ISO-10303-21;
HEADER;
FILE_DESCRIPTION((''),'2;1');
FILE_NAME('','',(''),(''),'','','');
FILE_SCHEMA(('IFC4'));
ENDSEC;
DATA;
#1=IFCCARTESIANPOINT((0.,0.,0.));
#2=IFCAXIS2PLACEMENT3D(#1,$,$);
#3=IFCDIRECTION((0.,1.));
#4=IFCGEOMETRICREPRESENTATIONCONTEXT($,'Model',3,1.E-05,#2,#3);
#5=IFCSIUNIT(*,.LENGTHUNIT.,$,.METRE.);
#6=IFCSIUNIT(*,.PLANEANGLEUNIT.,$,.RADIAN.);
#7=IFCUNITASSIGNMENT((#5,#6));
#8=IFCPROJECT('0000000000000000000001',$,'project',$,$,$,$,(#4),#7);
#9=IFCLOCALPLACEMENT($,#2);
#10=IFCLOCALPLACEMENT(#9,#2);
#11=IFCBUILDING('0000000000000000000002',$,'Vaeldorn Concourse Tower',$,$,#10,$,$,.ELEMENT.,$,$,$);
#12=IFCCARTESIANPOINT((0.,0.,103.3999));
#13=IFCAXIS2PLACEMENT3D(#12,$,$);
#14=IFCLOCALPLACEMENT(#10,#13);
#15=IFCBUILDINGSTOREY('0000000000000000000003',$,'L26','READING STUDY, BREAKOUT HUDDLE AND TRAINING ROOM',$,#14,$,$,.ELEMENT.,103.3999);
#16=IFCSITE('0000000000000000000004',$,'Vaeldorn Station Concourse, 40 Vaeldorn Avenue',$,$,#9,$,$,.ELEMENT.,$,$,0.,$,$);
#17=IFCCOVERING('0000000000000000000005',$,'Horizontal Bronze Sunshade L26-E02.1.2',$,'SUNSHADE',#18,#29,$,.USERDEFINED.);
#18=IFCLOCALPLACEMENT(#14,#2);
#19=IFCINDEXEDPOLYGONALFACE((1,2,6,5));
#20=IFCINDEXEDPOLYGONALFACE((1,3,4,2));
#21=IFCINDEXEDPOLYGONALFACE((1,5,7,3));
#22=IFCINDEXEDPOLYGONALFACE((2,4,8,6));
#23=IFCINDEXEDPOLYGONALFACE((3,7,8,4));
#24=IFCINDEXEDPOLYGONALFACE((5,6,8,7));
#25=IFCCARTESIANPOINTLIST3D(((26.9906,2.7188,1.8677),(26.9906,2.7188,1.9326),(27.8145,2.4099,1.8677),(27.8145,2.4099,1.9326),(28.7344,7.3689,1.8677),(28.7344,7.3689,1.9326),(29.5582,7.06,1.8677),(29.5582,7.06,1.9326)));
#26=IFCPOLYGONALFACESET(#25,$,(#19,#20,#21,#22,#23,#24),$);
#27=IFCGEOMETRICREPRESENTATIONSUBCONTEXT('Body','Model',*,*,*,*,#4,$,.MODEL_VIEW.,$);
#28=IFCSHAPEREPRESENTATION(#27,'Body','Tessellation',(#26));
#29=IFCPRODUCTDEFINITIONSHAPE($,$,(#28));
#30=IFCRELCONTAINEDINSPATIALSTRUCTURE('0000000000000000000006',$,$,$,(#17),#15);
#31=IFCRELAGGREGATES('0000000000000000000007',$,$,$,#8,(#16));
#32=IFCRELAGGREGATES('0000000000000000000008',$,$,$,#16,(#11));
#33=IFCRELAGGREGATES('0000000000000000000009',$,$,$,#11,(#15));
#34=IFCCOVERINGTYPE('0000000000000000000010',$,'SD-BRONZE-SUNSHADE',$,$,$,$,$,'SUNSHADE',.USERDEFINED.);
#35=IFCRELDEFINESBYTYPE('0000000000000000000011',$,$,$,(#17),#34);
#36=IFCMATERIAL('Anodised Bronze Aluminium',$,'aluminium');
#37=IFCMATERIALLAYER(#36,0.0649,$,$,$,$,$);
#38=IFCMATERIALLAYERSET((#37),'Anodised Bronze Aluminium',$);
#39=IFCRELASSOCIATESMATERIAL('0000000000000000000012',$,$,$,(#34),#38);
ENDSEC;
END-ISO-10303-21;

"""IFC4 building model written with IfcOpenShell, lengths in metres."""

from ifc_helpers import new_model, si_unit, direction, frame, origin, origin_2d, place, context, subcontext, project, spatial, rectangle, extrude, source, transform, mapped, material, layer, layer_set, type_object, element, save


model = new_model("IFC4")

# Units and contexts
model_context = context("Model", 3, precision=1e-05, world=origin(), true_north=direction((0.0, 1.0)))
body_context = subcontext(model_context, "Body", "Model", "MODEL_VIEW")
ifc_project = project(units=[si_unit("LENGTHUNIT", "METRE"), si_unit("PLANEANGLEUNIT", "RADIAN")], contexts=[model_context])

# Site, building, storey
site_placement = place(None, origin())
site = spatial("IfcSite", under=ifc_project, at=site_placement, Name="Vaeldorn Station Concourse, 40 Vaeldorn Avenue", CompositionType="ELEMENT", RefElevation=0.0)
building_placement = place(site_placement, origin())
building = spatial("IfcBuilding", under=site, at=building_placement, Name="Vaeldorn Concourse Tower", CompositionType="ELEMENT")
storey_placement = place(building_placement, frame((0.0, 0.0, 103.3999)))
storey = spatial("IfcBuildingStorey", under=building, at=storey_placement, Name="L26", Description="READING STUDY, BREAKOUT HUDDLE AND TRAINING ROOM", CompositionType="ELEMENT", Elevation=103.3999)

# Shared definitions
ifc_material_1 = material(Name="Anodised Bronze Aluminium", Category="aluminium")

# Covering
ifc_layer_1 = layer(ifc_material_1, 0.0649)
ifc_layer_set_1 = layer_set([ifc_layer_1], Name="Anodised Bronze Aluminium")
covering_type = type_object("IfcCoveringType", Name="SD-BRONZE-SUNSHADE", ElementType="SUNSHADE", PredefinedType="USERDEFINED", material=ifc_layer_set_1)
shared_shape_1 = source(origin(), body_context, "Body", "SweptSolid", [
    extrude(rectangle(XDim=4.9663, YDim=0.8799, at=origin_2d()), origin(), (0.0, 0.0, 1.0), 0.0649),
])
for number, where, z_axis, x_axis, name in (
    (1, (28.2744, 4.8894, 1.8677), (0.0, 0.0, 1.0), (0.351123, 0.936329, 0.0), "Horizontal Bronze Sunshade L26-E02.1.2"),
):
    element("IfcCovering", number, at=place(storey_placement, frame(where, z_axis=z_axis, x_axis=x_axis)), inside=storey, type_object=covering_type, Name=name, ObjectType="SUNSHADE", PredefinedType="USERDEFINED", context=body_context, shape_type="MappedRepresentation", body=[
        mapped(shared_shape_1, transform((0.0, 0.0, 0.0), scale=1.0)),
    ])

save(model, "model.ifc")
